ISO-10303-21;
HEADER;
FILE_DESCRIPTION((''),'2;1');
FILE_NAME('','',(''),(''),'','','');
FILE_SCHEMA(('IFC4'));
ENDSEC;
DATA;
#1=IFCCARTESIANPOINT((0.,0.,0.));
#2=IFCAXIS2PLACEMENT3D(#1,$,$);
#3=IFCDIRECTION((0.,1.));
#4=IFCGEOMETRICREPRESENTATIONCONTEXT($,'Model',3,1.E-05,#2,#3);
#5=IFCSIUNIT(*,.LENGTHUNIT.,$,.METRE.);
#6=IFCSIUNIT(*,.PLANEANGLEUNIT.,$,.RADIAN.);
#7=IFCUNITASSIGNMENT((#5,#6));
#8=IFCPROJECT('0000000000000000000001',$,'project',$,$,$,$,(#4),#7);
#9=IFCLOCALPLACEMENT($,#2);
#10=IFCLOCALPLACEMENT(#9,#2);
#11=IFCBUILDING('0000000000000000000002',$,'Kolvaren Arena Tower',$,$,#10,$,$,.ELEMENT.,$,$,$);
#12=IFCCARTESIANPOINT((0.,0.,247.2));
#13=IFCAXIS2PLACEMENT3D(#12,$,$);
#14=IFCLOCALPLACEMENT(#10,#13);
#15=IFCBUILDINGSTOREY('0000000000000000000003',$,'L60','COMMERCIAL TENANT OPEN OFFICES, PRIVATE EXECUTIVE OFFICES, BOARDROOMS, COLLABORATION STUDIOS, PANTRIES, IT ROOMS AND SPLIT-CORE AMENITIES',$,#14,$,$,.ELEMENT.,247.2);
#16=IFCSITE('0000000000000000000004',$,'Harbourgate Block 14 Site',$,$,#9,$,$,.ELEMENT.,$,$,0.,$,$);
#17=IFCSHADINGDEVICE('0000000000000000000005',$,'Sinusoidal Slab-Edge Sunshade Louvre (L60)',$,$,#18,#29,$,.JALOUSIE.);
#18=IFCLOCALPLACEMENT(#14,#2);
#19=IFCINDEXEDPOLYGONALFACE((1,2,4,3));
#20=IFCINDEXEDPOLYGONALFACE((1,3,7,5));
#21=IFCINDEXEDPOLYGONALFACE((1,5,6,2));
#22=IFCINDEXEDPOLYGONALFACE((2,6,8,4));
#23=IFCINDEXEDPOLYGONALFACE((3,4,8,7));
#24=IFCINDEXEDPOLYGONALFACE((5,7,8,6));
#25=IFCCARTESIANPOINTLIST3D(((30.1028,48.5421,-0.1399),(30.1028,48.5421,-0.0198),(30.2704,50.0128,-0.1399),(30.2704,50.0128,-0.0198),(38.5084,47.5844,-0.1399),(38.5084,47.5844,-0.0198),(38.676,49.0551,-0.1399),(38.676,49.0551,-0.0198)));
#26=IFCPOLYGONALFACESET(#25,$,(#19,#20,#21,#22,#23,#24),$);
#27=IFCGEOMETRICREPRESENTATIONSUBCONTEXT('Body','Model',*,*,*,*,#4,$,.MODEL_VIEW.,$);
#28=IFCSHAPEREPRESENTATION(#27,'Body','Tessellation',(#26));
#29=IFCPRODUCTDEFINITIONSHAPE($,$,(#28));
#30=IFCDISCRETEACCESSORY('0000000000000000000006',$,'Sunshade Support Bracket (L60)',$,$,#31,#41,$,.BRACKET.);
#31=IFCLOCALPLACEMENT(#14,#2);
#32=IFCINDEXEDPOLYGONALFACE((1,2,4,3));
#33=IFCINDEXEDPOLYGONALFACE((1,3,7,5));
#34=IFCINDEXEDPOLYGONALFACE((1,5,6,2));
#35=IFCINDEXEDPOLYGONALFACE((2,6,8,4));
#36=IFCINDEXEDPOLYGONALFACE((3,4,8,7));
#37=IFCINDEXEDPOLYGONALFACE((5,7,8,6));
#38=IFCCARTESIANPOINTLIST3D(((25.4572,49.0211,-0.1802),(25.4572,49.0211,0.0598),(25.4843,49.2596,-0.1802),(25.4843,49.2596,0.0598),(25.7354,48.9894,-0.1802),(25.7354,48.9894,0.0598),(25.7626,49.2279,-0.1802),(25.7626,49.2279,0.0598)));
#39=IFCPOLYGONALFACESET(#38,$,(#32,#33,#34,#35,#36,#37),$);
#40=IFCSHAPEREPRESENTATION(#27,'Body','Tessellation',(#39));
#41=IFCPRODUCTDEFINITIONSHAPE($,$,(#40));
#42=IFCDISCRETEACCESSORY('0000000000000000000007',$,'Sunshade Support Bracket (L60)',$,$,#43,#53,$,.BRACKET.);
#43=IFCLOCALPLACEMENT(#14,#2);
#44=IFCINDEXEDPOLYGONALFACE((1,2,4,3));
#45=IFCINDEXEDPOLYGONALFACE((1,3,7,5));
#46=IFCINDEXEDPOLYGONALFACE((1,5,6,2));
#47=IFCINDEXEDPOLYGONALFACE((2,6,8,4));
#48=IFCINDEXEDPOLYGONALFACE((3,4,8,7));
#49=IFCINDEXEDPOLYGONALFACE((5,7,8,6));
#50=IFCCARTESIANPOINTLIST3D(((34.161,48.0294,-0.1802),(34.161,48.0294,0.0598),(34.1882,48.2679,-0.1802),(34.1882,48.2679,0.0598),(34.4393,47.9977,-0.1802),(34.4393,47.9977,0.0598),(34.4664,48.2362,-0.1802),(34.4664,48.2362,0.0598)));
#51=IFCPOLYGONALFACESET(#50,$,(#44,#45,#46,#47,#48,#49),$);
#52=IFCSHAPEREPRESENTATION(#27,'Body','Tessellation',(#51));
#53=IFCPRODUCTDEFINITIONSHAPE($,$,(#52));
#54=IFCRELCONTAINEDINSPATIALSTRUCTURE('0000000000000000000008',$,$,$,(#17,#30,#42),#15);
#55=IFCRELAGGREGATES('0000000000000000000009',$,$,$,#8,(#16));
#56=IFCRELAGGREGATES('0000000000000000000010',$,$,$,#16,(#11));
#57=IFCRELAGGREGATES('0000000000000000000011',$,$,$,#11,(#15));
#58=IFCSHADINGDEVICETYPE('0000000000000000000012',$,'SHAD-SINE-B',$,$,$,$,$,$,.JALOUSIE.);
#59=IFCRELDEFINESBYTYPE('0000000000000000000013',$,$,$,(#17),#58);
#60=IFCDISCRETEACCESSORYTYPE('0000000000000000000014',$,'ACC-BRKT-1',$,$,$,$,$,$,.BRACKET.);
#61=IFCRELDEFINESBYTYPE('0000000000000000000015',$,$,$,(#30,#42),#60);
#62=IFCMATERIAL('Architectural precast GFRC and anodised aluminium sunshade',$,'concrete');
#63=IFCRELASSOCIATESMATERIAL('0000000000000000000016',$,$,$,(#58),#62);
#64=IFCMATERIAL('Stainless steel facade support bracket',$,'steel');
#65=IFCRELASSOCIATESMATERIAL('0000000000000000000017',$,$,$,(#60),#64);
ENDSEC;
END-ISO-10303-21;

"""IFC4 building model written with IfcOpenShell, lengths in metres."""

from ifc_helpers import new_model, si_unit, direction, frame, origin, origin_2d, place, context, subcontext, project, spatial, rectangle, extrude, material, type_object, element, save


model = new_model("IFC4")

# Units and contexts
model_context = context("Model", 3, precision=1e-05, world=origin(), true_north=direction((0.0, 1.0)))
body_context = subcontext(model_context, "Body", "Model", "MODEL_VIEW")
ifc_project = project(units=[si_unit("LENGTHUNIT", "METRE"), si_unit("PLANEANGLEUNIT", "RADIAN")], contexts=[model_context])

# Site, building, storey
site_placement = place(None, origin())
site = spatial("IfcSite", under=ifc_project, at=site_placement, Name="Harbourgate Block 14 Site", CompositionType="ELEMENT", RefElevation=0.0)
building_placement = place(site_placement, origin())
building = spatial("IfcBuilding", under=site, at=building_placement, Name="Kolvaren Arena Tower", CompositionType="ELEMENT")
storey_placement = place(building_placement, frame((0.0, 0.0, 247.2)))
storey = spatial("IfcBuildingStorey", under=building, at=storey_placement, Name="L60", Description="COMMERCIAL TENANT OPEN OFFICES, PRIVATE EXECUTIVE OFFICES, BOARDROOMS, COLLABORATION STUDIOS, PANTRIES, IT ROOMS AND SPLIT-CORE AMENITIES", CompositionType="ELEMENT", Elevation=247.2)

# Shading device
ifc_material_1 = material(Name="Architectural precast GFRC and anodised aluminium sunshade", Category="concrete")
shading_device_type_1 = type_object("IfcShadingDeviceType", Name="SHAD-SINE-B", PredefinedType="JALOUSIE", material=ifc_material_1)
shading_device_1_placement = place(storey_placement, frame((34.3894, 48.7986, -0.1399), z_axis=(0.0, 0.0, 1.0), x_axis=(0.993572, -0.113205, 0.0)))
element("IfcShadingDevice", 1, at=shading_device_1_placement, inside=storey, type_object=shading_device_type_1, Name="Sinusoidal Slab-Edge Sunshade Louvre (L60)", PredefinedType="JALOUSIE", context=body_context, shape_type="SweptSolid", body=[
    extrude(rectangle(XDim=8.46, YDim=1.4802, at=origin_2d()), origin(), (0.0, 0.0, 1.0), 0.1201),
])

# Discrete accessories
ifc_material_2 = material(Name="Stainless steel facade support bracket", Category="steel")
discrete_accessory_type = type_object("IfcDiscreteAccessoryType", Name="ACC-BRKT-1", PredefinedType="BRACKET", material=ifc_material_2)
for number, where, z_axis, x_axis, name in (
    (2, (25.6099, 49.1245, -0.1802), (0.0, 0.0, 1.0), (0.993572, -0.113205, 0.0), "Sunshade Support Bracket (L60)"),
    (3, (34.3137, 48.1328, -0.1802), (0.0, 0.0, 1.0), (0.993572, -0.113205, 0.0), "Sunshade Support Bracket (L60)"),
):
    element("IfcDiscreteAccessory", number, at=place(storey_placement, frame(where, z_axis=z_axis, x_axis=x_axis)), inside=storey, type_object=discrete_accessory_type, Name=name, PredefinedType="BRACKET", context=body_context, shape_type="SweptSolid", body=[
        extrude(rectangle(XDim=0.28, YDim=0.24, at=origin_2d()), origin(), (0.0, 0.0, 1.0), 0.24),
    ])

save(model, "model.ifc")
